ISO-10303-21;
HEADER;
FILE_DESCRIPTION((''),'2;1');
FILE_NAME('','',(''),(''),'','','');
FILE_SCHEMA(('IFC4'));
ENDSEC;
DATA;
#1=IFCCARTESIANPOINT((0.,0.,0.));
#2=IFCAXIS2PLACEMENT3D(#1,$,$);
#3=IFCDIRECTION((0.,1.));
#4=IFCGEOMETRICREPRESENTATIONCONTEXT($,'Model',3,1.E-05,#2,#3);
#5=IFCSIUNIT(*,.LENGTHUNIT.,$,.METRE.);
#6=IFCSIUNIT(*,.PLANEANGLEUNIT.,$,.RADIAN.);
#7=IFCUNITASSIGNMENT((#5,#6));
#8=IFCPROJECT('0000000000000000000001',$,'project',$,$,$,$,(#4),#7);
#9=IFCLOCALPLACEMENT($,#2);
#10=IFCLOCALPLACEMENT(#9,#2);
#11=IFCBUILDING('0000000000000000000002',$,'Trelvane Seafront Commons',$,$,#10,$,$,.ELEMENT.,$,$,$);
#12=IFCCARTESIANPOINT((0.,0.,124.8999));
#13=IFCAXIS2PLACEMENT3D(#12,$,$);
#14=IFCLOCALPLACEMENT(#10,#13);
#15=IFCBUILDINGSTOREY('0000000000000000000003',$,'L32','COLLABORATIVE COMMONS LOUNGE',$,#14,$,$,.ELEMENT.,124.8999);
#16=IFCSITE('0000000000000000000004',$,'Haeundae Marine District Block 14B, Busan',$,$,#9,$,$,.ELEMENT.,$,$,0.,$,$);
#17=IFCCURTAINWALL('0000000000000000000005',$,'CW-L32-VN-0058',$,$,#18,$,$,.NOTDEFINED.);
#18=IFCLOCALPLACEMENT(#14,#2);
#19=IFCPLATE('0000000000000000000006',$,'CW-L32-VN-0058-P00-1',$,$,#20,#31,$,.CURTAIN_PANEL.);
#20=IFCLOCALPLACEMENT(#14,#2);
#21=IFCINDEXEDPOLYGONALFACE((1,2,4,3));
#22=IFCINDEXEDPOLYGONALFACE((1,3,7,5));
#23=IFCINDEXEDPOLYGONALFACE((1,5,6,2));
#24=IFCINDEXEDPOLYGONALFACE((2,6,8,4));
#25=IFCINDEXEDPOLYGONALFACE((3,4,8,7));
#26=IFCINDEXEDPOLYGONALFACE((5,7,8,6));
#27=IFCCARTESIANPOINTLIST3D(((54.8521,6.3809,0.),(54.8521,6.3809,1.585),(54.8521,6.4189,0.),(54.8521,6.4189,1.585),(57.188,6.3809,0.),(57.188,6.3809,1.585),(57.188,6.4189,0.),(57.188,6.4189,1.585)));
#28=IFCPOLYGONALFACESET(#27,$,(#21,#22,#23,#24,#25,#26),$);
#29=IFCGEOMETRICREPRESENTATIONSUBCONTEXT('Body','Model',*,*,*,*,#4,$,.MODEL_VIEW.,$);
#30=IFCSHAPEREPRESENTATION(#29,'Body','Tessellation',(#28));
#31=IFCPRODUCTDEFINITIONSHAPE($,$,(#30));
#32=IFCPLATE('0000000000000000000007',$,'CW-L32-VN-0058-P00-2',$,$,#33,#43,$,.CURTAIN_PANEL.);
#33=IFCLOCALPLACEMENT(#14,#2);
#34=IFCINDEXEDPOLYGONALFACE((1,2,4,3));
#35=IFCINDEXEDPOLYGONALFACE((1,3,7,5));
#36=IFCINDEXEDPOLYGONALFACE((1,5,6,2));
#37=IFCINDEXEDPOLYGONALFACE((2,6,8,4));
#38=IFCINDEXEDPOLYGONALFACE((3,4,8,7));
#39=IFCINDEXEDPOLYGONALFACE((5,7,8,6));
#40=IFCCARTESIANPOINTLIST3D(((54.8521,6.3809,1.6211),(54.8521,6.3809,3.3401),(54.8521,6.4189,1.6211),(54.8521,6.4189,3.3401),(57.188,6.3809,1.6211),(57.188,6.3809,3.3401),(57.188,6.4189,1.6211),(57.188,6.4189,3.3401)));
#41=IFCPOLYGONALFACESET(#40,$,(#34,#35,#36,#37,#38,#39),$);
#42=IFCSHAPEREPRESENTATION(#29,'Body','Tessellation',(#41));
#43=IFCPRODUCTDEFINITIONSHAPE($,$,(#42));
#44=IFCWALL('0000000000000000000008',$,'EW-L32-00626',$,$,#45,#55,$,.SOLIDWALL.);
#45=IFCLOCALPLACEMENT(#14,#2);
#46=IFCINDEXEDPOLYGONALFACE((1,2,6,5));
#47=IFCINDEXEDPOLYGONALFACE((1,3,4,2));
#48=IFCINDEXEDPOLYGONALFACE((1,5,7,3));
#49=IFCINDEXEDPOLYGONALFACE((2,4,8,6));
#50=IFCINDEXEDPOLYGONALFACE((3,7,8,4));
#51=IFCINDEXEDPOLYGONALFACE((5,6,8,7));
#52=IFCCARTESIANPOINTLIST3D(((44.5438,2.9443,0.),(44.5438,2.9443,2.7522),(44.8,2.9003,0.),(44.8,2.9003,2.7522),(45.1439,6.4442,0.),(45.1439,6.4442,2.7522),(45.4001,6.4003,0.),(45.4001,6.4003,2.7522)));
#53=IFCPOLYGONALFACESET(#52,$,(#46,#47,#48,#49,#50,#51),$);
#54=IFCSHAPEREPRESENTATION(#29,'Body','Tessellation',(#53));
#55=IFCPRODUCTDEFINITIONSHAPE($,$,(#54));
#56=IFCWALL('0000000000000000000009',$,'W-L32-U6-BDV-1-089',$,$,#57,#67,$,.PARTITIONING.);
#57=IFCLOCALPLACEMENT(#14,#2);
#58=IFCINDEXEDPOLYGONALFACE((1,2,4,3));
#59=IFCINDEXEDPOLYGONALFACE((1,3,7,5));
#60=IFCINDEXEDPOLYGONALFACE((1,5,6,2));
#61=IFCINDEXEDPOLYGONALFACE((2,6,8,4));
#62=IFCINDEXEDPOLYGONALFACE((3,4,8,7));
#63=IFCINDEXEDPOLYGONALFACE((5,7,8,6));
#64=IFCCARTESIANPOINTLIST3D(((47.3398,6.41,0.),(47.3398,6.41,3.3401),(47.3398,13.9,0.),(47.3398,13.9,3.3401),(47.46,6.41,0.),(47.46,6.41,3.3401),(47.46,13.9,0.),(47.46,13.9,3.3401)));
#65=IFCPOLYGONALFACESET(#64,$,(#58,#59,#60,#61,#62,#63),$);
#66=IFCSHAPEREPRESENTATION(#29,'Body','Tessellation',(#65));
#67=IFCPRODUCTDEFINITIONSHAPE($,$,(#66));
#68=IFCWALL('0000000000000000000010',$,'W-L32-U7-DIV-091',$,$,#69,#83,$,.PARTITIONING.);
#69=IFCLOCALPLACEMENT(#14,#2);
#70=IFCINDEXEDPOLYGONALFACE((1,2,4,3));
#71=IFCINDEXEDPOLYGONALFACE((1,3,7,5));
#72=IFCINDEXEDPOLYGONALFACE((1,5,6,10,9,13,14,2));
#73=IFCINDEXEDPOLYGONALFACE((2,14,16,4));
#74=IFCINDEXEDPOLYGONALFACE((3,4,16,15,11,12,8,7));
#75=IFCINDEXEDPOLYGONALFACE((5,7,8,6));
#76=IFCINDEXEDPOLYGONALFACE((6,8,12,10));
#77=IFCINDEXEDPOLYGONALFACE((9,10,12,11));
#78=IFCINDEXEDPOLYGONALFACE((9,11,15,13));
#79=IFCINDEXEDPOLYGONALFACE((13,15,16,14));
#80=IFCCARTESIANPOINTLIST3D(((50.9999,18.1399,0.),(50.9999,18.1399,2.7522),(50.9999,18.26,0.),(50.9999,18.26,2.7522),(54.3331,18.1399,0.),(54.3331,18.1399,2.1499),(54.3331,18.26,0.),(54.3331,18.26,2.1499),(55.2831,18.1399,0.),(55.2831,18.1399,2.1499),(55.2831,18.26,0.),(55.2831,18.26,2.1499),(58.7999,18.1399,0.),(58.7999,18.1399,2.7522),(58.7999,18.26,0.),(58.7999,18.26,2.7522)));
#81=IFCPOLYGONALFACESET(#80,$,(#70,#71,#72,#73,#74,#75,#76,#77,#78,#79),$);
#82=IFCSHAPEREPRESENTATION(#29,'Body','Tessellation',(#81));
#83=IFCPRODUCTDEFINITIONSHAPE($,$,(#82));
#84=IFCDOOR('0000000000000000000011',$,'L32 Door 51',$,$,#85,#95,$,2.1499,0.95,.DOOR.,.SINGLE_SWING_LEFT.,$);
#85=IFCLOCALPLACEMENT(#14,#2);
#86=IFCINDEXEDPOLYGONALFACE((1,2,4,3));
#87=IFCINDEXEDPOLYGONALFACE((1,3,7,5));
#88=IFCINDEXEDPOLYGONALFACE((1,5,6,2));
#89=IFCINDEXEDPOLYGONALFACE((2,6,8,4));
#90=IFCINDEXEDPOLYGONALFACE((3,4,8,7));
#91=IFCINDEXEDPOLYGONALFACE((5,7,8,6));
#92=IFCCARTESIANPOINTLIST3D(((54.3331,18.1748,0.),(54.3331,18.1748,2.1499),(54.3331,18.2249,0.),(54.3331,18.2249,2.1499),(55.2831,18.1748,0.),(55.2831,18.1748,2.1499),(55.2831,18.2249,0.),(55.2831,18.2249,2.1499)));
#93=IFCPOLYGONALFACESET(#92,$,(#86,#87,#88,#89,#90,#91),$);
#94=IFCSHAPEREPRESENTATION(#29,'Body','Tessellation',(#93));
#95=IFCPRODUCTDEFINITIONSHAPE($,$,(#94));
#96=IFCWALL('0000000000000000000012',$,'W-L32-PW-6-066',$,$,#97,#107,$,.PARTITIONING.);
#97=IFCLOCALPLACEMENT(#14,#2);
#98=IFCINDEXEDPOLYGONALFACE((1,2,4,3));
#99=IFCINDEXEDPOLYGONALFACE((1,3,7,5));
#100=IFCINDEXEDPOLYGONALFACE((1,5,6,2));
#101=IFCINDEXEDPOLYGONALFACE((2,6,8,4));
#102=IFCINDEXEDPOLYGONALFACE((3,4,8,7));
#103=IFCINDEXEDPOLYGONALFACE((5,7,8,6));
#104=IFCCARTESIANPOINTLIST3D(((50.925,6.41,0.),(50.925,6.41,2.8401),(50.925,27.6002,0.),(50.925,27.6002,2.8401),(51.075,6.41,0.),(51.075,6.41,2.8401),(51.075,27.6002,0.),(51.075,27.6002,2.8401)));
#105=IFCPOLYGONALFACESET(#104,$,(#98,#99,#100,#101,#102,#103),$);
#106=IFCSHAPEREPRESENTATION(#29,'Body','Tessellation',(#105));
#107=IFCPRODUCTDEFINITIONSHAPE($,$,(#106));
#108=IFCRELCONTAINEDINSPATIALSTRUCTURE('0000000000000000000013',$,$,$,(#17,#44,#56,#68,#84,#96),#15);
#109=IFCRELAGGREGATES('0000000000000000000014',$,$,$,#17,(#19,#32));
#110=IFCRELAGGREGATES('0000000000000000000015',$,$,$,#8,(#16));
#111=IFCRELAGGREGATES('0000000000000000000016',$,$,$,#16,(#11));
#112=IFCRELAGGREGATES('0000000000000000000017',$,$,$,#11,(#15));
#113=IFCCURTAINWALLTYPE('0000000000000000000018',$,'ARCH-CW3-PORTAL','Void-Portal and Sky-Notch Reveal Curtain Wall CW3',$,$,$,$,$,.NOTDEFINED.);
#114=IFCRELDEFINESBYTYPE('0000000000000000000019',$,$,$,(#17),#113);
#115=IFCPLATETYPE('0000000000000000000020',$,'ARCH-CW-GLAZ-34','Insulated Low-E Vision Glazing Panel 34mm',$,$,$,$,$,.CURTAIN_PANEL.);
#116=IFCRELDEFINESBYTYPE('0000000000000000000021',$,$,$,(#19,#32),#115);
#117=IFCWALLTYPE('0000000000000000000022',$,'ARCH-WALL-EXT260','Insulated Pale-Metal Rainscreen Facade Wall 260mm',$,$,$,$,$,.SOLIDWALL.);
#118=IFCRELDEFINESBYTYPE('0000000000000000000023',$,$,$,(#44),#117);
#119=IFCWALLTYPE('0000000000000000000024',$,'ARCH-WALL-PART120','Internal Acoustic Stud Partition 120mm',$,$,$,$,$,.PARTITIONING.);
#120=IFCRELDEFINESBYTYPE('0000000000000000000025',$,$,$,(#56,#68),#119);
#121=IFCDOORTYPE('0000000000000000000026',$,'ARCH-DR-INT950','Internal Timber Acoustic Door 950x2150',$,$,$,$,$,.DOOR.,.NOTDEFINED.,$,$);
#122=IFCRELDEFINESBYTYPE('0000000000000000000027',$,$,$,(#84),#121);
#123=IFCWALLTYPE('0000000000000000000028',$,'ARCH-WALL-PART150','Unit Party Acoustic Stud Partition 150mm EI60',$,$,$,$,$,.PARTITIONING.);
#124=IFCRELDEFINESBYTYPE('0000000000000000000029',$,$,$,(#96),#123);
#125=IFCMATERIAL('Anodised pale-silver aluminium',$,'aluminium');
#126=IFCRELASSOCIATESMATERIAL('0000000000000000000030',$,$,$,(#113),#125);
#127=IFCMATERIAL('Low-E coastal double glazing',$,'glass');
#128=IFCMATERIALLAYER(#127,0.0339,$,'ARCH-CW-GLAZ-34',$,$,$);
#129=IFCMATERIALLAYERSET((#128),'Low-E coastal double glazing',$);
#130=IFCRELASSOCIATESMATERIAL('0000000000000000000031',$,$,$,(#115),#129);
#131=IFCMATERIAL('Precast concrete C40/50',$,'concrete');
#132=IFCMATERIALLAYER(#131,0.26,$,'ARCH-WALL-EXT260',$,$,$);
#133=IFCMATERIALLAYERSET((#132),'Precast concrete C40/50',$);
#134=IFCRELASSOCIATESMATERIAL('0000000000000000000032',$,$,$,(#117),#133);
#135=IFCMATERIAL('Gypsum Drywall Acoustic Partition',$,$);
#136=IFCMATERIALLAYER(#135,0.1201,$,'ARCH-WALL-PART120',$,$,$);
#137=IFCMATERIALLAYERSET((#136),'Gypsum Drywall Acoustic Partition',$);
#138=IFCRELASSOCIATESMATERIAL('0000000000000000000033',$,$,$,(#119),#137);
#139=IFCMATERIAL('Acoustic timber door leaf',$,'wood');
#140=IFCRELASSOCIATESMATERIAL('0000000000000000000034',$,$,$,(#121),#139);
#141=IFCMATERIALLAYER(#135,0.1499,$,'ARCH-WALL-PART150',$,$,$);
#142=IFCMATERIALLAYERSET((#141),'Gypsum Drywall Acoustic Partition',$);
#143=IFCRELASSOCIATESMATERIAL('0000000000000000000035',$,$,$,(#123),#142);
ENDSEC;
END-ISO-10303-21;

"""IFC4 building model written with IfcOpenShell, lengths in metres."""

from ifc_helpers import new_model, si_unit, direction, frame, frame_2d, origin, origin_2d, place, context, subcontext, project, spatial, rectangle, extrude, source, transform, mapped, material, layer, layer_set, type_object, element, fill, aggregate, save


model = new_model("IFC4")

# Units and contexts
model_context = context("Model", 3, precision=1e-05, world=origin(), true_north=direction((0.0, 1.0)))
body_context = subcontext(model_context, "Body", "Model", "MODEL_VIEW")
ifc_project = project(units=[si_unit("LENGTHUNIT", "METRE"), si_unit("PLANEANGLEUNIT", "RADIAN")], contexts=[model_context])

# Site, building, storey
site_placement = place(None, origin())
site = spatial("IfcSite", under=ifc_project, at=site_placement, Name="Haeundae Marine District Block 14B, Busan", CompositionType="ELEMENT", RefElevation=0.0)
building_placement = place(site_placement, origin())
building = spatial("IfcBuilding", under=site, at=building_placement, Name="Trelvane Seafront Commons", CompositionType="ELEMENT")
storey_placement = place(building_placement, frame((0.0, 0.0, 124.8999)))
storey = spatial("IfcBuildingStorey", under=building, at=storey_placement, Name="L32", Description="COLLABORATIVE COMMONS LOUNGE", CompositionType="ELEMENT", Elevation=124.8999)

# Curtain wall, plates
ifc_material_1 = material(Name="Anodised pale-silver aluminium", Category="aluminium")
curtain_wall_type = type_object("IfcCurtainWallType", Name="ARCH-CW3-PORTAL", Description="Void-Portal and Sky-Notch Reveal Curtain Wall CW3", PredefinedType="NOTDEFINED", material=ifc_material_1)
curtain_wall_placement = place(storey_placement, origin())
curtain_wall = element("IfcCurtainWall", 1, at=curtain_wall_placement, inside=storey, type_object=curtain_wall_type, Name="CW-L32-VN-0058", PredefinedType="NOTDEFINED")
ifc_material_2 = material(Name="Low-E coastal double glazing", Category="glass")
ifc_layer_1 = layer(ifc_material_2, 0.0339, Name="ARCH-CW-GLAZ-34")
ifc_layer_set_1 = layer_set([ifc_layer_1], Name="Low-E coastal double glazing")
plate_type = type_object("IfcPlateType", Name="ARCH-CW-GLAZ-34", Description="Insulated Low-E Vision Glazing Panel 34mm", PredefinedType="CURTAIN_PANEL", material=ifc_layer_set_1)
shared_shape_1 = source(origin(), body_context, "Body", "SweptSolid", [
    extrude(rectangle(XDim=2.3359, YDim=0.0381, at=origin_2d()), origin(), (0.0, 0.0, 1.0), 1.585),
])
plate_1_placement = place(storey_placement, frame((56.02, 6.3999, 0.0), z_axis=(0.0, 0.0, 1.0), x_axis=(-1.0, 0.0, 0.0)))
plate_1 = element("IfcPlate", 2, at=plate_1_placement, type_object=plate_type, Name="CW-L32-VN-0058-P00-1", PredefinedType="CURTAIN_PANEL", context=body_context, shape_type="MappedRepresentation", body=[
    mapped(shared_shape_1, transform((0.0, 0.0, 0.0), x_axis=(1.0, 0.0, 0.0), y_axis=(0.0, 1.0, 0.0), z_axis=(0.0, 0.0, 1.0), scale=1.0)),
])
shared_shape_2 = source(origin(), body_context, "Body", "SweptSolid", [
    extrude(rectangle(XDim=2.3359, YDim=0.0381, at=origin_2d()), origin(), (0.0, 0.0, 1.0), 1.719),
])
plate_2_placement = place(storey_placement, frame((56.02, 6.3999, 1.6211), z_axis=(0.0, 0.0, 1.0), x_axis=(-1.0, 0.0, 0.0)))
plate_2 = element("IfcPlate", 3, at=plate_2_placement, type_object=plate_type, Name="CW-L32-VN-0058-P00-2", PredefinedType="CURTAIN_PANEL", context=body_context, shape_type="MappedRepresentation", body=[
    mapped(shared_shape_2, transform((0.0, 0.0, 0.0), x_axis=(1.0, 0.0, 0.0), y_axis=(0.0, 1.0, 0.0), z_axis=(0.0, 0.0, 1.0), scale=1.0)),
])
aggregate(curtain_wall, [plate_1, plate_2])

# Wall
ifc_material_3 = material(Name="Precast concrete C40/50", Category="concrete")
ifc_layer_2 = layer(ifc_material_3, 0.26, Name="ARCH-WALL-EXT260")
ifc_layer_set_2 = layer_set([ifc_layer_2], Name="Precast concrete C40/50")
wall_type_1 = type_object("IfcWallType", Name="ARCH-WALL-EXT260", Description="Insulated Pale-Metal Rainscreen Facade Wall 260mm", PredefinedType="SOLIDWALL", material=ifc_layer_set_2)
wall_1_placement = place(storey_placement, frame((45.272, 6.4221, 0.0), z_axis=(0.0, 0.0, 1.0), x_axis=(-0.168991, -0.985618, 0.0)))
element("IfcWall", 4, at=wall_1_placement, inside=storey, type_object=wall_type_1, Name="EW-L32-00626", PredefinedType="SOLIDWALL", context=body_context, shape_type="SweptSolid", body=[
    extrude(rectangle(XDim=3.551, YDim=0.26, at=frame_2d((1.7754, 0.0))), origin(), (0.0, 0.0, 1.0), 2.7522),
])

# Shared definitions
ifc_material_4 = material(Name="Gypsum Drywall Acoustic Partition")
ifc_layer_3 = layer(ifc_material_4, 0.1201, Name="ARCH-WALL-PART120")
ifc_layer_set_3 = layer_set([ifc_layer_3], Name="Gypsum Drywall Acoustic Partition")
wall_type_2 = type_object("IfcWallType", Name="ARCH-WALL-PART120", Description="Internal Acoustic Stud Partition 120mm", PredefinedType="PARTITIONING", material=ifc_layer_set_3)
ifc_material_5 = material(Name="Acoustic timber door leaf", Category="wood")
door_type = type_object("IfcDoorType", Name="ARCH-DR-INT950", Description="Internal Timber Acoustic Door 950x2150", OperationType="NOTDEFINED", PredefinedType="DOOR", material=ifc_material_5)
shared_shape_3 = source(origin(), body_context, "Body", "SweptSolid", [
    extrude(rectangle(XDim=0.95, YDim=2.1499, at=frame_2d((0.4751, 1.075))), frame((0.0, 0.0249, 0.0), z_axis=(0.0, -1.0, 0.0), x_axis=(1.0, 0.0, 0.0)), (0.0, 0.0, 1.0), 0.05),
])

# Wall
wall_2_placement = place(storey_placement, frame((47.3999, 6.4099, 0.0), z_axis=(0.0, 0.0, 1.0), x_axis=(0.0, 1.0, 0.0)))
element("IfcWall", 5, at=wall_2_placement, inside=storey, type_object=wall_type_2, Name="W-L32-U6-BDV-1-089", PredefinedType="PARTITIONING", context=body_context, shape_type="SweptSolid", body=[
    extrude(rectangle(XDim=7.49, YDim=0.1201, at=frame_2d((3.7451, 0.0))), origin(), (0.0, 0.0, 1.0), 3.3401),
])

# Wall, opening, door
wall_3_placement = place(storey_placement, frame((51.0, 18.2, 0.0), z_axis=(0.0, 0.0, 1.0), x_axis=(1.0, 0.0, 0.0)))
wall_3 = element("IfcWall", 6, at=wall_3_placement, inside=storey, type_object=wall_type_2, Name="W-L32-U7-DIV-091", PredefinedType="PARTITIONING", context=body_context, shape_type="SweptSolid", body=[
    extrude(rectangle(XDim=7.8, YDim=0.1201, at=frame_2d((3.8999, 0.0))), origin(), (0.0, 0.0, 1.0), 2.7522),
])
opening_1_placement = place(wall_3_placement, frame((3.333, 0.0, 0.0)))
opening_1 = element("IfcOpeningElement", 7, at=opening_1_placement, cuts=wall_3, PredefinedType="OPENING", context=body_context, shape_type="SweptSolid", body=[
    extrude(rectangle(XDim=0.95, YDim=2.1499, at=frame_2d((0.4751, 1.075))), frame((0.0, 0.0701, 0.0), z_axis=(0.0, -1.0, 0.0), x_axis=(1.0, 0.0, 0.0)), (0.0, 0.0, 1.0), 0.1401),
])
door_1_placement = place(opening_1_placement, origin())
door_1 = element("IfcDoor", 8, at=door_1_placement, inside=storey, type_object=door_type, Name="L32 Door 51", OperationType="SINGLE_SWING_LEFT", OverallHeight=2.1499, OverallWidth=0.95, PredefinedType="DOOR", context=body_context, shape_type="MappedRepresentation", body=[
    mapped(shared_shape_3, transform((0.0, 0.0, 0.0), x_axis=(1.0, 0.0, 0.0), y_axis=(0.0, 1.0, 0.0), z_axis=(0.0, 0.0, 1.0), scale=1.0)),
])
fill(opening_1, door_1)

# Wall
ifc_layer_4 = layer(ifc_material_4, 0.1499, Name="ARCH-WALL-PART150")
ifc_layer_set_4 = layer_set([ifc_layer_4], Name="Gypsum Drywall Acoustic Partition")
wall_type_3 = type_object("IfcWallType", Name="ARCH-WALL-PART150", Description="Unit Party Acoustic Stud Partition 150mm EI60", PredefinedType="PARTITIONING", material=ifc_layer_set_4)
wall_4_placement = place(storey_placement, frame((51.0, 6.4099, 0.0), z_axis=(0.0, 0.0, 1.0), x_axis=(0.0, 1.0, 0.0)))
element("IfcWall", 9, at=wall_4_placement, inside=storey, type_object=wall_type_3, Name="W-L32-PW-6-066", PredefinedType="PARTITIONING", context=body_context, shape_type="SweptSolid", body=[
    extrude(rectangle(XDim=21.1902, YDim=0.1499, at=frame_2d((10.5952, 0.0))), origin(), (0.0, 0.0, 1.0), 2.8401),
])

save(model, "model.ifc")
